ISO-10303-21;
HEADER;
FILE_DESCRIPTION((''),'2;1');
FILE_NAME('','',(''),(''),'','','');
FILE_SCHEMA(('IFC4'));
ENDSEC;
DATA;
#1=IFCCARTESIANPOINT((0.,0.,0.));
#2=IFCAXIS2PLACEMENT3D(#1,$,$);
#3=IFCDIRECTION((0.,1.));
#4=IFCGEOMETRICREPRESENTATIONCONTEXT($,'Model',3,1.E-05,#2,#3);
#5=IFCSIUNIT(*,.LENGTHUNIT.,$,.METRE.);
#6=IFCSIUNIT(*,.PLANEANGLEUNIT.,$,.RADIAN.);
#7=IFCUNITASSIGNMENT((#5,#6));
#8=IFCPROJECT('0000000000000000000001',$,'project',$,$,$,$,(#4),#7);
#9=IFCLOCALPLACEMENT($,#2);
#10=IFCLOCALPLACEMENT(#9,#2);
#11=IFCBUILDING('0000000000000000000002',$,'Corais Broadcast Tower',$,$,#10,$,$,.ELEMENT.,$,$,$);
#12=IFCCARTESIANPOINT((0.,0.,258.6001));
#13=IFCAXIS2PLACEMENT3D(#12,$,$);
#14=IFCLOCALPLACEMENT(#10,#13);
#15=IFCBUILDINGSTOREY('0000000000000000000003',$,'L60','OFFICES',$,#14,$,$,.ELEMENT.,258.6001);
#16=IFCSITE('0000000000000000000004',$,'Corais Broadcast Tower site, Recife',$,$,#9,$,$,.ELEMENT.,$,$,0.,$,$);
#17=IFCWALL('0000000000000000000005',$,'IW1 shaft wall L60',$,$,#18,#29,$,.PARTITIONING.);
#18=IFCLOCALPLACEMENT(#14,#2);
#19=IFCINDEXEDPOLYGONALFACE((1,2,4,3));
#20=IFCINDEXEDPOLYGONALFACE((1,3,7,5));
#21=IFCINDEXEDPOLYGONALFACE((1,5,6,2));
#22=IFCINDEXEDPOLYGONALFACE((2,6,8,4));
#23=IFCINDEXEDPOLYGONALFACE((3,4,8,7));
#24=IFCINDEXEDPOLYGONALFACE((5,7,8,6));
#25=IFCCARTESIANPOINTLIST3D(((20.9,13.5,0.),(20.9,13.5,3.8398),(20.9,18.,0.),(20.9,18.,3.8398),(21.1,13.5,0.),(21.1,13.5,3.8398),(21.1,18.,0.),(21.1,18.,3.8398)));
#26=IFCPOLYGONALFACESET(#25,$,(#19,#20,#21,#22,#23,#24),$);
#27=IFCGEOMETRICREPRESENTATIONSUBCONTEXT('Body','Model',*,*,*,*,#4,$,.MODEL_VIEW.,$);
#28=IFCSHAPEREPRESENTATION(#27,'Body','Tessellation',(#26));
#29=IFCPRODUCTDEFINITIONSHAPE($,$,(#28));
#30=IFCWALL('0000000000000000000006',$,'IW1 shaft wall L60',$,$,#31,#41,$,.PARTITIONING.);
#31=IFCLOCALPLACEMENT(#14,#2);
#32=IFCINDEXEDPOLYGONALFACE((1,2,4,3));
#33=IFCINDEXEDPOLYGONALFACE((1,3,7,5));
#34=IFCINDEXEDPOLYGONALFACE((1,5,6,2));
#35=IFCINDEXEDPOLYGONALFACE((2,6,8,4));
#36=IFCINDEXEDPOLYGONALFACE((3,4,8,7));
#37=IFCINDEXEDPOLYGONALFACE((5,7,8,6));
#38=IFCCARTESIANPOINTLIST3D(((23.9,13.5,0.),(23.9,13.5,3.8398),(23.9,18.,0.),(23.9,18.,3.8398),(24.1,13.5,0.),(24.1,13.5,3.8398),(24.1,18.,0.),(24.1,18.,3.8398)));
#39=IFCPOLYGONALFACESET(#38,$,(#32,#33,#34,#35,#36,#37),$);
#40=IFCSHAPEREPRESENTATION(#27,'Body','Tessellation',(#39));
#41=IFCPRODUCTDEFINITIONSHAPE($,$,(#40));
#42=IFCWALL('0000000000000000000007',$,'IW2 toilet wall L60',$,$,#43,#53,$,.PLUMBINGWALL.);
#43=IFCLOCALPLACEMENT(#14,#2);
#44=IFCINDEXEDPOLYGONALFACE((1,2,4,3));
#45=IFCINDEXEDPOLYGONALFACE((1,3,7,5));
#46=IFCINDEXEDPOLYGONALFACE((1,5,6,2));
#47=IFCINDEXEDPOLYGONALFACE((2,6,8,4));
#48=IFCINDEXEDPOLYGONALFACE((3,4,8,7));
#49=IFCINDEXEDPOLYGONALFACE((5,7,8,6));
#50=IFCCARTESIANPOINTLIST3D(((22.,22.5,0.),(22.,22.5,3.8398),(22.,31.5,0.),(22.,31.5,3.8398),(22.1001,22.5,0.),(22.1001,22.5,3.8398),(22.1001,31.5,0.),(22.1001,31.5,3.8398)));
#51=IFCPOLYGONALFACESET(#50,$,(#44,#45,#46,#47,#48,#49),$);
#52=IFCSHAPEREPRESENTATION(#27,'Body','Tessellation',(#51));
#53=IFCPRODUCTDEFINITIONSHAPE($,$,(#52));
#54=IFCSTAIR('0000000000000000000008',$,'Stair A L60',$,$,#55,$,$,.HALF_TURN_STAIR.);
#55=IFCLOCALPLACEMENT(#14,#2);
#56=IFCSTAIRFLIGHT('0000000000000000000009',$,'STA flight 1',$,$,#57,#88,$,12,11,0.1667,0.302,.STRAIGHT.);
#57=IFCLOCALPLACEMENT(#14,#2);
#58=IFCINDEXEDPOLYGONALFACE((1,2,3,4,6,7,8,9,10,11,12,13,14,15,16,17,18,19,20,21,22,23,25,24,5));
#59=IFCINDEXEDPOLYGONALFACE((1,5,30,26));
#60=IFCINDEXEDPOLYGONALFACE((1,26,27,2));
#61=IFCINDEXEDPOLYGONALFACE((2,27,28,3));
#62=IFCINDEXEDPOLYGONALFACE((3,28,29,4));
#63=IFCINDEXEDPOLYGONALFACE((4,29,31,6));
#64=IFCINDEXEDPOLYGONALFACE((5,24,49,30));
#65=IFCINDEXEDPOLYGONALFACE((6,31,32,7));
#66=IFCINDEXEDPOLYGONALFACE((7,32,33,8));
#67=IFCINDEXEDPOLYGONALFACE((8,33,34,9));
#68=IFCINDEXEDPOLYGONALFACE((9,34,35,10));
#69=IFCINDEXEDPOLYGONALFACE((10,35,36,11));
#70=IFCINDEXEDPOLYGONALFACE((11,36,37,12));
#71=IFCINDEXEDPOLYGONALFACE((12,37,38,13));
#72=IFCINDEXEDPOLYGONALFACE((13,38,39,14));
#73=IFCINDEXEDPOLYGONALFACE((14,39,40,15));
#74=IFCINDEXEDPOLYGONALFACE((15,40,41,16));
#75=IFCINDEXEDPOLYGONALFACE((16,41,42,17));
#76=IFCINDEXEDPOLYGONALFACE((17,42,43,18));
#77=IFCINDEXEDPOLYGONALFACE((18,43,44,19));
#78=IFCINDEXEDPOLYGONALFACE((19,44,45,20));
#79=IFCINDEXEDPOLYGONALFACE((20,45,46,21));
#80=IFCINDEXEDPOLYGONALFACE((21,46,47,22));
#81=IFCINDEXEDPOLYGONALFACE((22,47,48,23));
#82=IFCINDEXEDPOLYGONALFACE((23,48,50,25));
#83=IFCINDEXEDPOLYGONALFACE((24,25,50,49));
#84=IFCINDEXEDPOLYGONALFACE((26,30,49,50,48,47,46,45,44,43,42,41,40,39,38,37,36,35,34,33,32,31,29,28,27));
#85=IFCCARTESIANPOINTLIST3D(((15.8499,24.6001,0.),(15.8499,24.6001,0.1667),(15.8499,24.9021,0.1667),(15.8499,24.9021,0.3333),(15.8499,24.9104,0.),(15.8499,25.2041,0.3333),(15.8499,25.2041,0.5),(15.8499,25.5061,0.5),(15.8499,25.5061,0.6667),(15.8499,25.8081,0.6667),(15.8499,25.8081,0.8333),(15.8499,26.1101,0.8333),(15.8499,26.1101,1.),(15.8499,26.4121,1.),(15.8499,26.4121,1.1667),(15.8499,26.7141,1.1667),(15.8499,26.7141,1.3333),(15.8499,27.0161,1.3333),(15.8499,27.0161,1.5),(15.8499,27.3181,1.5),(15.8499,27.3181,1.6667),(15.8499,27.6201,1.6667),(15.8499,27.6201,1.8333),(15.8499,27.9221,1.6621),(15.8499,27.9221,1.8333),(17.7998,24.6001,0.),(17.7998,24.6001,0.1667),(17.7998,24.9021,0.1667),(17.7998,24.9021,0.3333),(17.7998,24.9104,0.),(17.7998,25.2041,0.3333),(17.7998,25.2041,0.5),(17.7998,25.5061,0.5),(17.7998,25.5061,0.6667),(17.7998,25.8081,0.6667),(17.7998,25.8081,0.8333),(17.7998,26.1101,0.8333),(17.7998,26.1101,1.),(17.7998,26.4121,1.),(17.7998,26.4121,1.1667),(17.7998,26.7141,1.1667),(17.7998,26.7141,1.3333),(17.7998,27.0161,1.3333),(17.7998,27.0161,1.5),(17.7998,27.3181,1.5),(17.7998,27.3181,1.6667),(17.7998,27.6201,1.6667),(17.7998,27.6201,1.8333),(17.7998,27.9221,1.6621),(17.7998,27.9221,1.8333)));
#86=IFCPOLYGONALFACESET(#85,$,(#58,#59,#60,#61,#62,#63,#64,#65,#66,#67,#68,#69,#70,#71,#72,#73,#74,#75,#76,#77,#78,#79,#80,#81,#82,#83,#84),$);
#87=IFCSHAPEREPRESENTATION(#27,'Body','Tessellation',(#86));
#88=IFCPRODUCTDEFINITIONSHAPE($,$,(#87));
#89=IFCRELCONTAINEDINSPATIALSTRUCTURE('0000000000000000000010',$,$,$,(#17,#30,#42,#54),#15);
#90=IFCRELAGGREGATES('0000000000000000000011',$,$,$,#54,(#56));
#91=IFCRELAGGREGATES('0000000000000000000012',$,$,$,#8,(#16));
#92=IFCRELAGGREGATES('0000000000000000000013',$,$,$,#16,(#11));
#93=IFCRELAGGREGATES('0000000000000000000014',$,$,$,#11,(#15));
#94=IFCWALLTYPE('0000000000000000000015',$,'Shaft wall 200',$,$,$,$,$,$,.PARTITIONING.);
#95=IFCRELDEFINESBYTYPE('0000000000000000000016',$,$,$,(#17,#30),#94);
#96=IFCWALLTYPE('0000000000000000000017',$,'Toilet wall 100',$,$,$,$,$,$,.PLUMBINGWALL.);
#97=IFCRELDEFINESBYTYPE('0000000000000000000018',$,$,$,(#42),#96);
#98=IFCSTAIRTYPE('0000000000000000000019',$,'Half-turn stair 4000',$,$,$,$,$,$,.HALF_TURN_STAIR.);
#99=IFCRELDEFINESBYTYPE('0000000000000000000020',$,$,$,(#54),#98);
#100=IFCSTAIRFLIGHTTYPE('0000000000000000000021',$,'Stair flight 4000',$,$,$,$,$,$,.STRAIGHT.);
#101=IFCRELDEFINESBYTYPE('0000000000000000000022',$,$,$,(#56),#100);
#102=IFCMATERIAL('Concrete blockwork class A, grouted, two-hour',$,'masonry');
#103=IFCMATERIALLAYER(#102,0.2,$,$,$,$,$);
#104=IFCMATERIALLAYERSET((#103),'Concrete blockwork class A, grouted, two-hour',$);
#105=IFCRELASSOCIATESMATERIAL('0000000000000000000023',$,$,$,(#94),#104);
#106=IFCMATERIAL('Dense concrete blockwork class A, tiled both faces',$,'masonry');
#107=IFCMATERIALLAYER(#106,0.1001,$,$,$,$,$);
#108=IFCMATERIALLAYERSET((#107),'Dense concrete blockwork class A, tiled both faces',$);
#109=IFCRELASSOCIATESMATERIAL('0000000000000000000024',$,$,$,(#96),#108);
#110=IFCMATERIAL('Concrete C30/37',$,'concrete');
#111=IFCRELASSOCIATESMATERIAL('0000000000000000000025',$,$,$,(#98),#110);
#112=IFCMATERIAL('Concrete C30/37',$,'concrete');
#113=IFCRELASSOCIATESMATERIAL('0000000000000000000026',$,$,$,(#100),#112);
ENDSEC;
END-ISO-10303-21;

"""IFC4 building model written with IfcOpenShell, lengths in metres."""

from ifc_helpers import new_model, si_unit, direction, frame, frame_2d, origin, place, context, subcontext, project, spatial, polyline, rectangle, outline, extrude, material, layer, layer_set, type_object, element, aggregate, save


model = new_model("IFC4")

# Units and contexts
model_context = context("Model", 3, precision=1e-05, world=origin(), true_north=direction((0.0, 1.0)))
body_context = subcontext(model_context, "Body", "Model", "MODEL_VIEW")
ifc_project = project(units=[si_unit("LENGTHUNIT", "METRE"), si_unit("PLANEANGLEUNIT", "RADIAN")], contexts=[model_context])

# Site, building, storey
site_placement = place(None, origin())
site = spatial("IfcSite", under=ifc_project, at=site_placement, Name="Corais Broadcast Tower site, Recife", CompositionType="ELEMENT", RefElevation=0.0)
building_placement = place(site_placement, origin())
building = spatial("IfcBuilding", under=site, at=building_placement, Name="Corais Broadcast Tower", CompositionType="ELEMENT")
storey_placement = place(building_placement, frame((0.0, 0.0, 258.6001)))
storey = spatial("IfcBuildingStorey", under=building, at=storey_placement, Name="L60", Description="OFFICES", CompositionType="ELEMENT", Elevation=258.6001)

# Walls
ifc_material_1 = material(Name="Concrete blockwork class A, grouted, two-hour", Category="masonry")
ifc_layer_1 = layer(ifc_material_1, 0.2)
ifc_layer_set_1 = layer_set([ifc_layer_1], Name="Concrete blockwork class A, grouted, two-hour")
wall_type_1 = type_object("IfcWallType", Name="Shaft wall 200", PredefinedType="PARTITIONING", material=ifc_layer_set_1)
for number, where, z_axis, x_axis, name in (
    (1, (21.0, 13.5, 0.0), (0.0, 0.0, 1.0), (0.0, 1.0, 0.0), "IW1 shaft wall L60"),
    (2, (24.0, 13.5, 0.0), (0.0, 0.0, 1.0), (0.0, 1.0, 0.0), "IW1 shaft wall L60"),
):
    element("IfcWall", number, at=place(storey_placement, frame(where, z_axis=z_axis, x_axis=x_axis)), inside=storey, type_object=wall_type_1, Name=name, PredefinedType="PARTITIONING", context=body_context, shape_type="SweptSolid", body=[
        extrude(rectangle(XDim=4.5, YDim=0.2, at=frame_2d((2.25, 0.0))), origin(), (0.0, 0.0, 1.0), 3.8398),
    ])
ifc_material_2 = material(Name="Dense concrete blockwork class A, tiled both faces", Category="masonry")
ifc_layer_2 = layer(ifc_material_2, 0.1001)
ifc_layer_set_2 = layer_set([ifc_layer_2], Name="Dense concrete blockwork class A, tiled both faces")
wall_type_2 = type_object("IfcWallType", Name="Toilet wall 100", PredefinedType="PLUMBINGWALL", material=ifc_layer_set_2)
wall_1_placement = place(storey_placement, frame((22.05, 22.5, 0.0), z_axis=(0.0, 0.0, 1.0), x_axis=(0.0, 1.0, 0.0)))
element("IfcWall", 3, at=wall_1_placement, inside=storey, type_object=wall_type_2, Name="IW2 toilet wall L60", PredefinedType="PLUMBINGWALL", context=body_context, shape_type="SweptSolid", body=[
    extrude(rectangle(XDim=9.0, YDim=0.1001, at=frame_2d((4.5, 0.0))), origin(), (0.0, 0.0, 1.0), 3.8398),
])

# Stair, stair flight
ifc_material_3 = material(Name="Concrete C30/37", Category="concrete")
stair_type = type_object("IfcStairType", Name="Half-turn stair 4000", PredefinedType="HALF_TURN_STAIR", material=ifc_material_3)
stair_placement = place(storey_placement, origin())
stair = element("IfcStair", 4, at=stair_placement, inside=storey, type_object=stair_type, Name="Stair A L60", PredefinedType="HALF_TURN_STAIR")
ifc_material_4 = material(Name="Concrete C30/37", Category="concrete")
stair_flight_type = type_object("IfcStairFlightType", Name="Stair flight 4000", PredefinedType="STRAIGHT", material=ifc_material_4)
stair_flight_placement = place(storey_placement, frame((16.825, 24.6001, 0.0), z_axis=(0.0, 0.0, 1.0), x_axis=(0.0, 1.0, 0.0)))
stair_flight = element("IfcStairFlight", 5, at=stair_flight_placement, type_object=stair_flight_type, Name="STA flight 1", NumberOfRisers=12, NumberOfTreads=11, PredefinedType="STRAIGHT", RiserHeight=0.1667, TreadLength=0.302, context=body_context, shape_type="SweptSolid", body=[
    extrude(outline(polyline([(0.0, 0.0), (0.0, 0.1667), (0.302, 0.1667), (0.302, 0.3333), (0.604, 0.3333), (0.604, 0.5), (0.906, 0.5), (0.906, 0.6667), (1.208, 0.6667), (1.208, 0.8333), (1.51, 0.8333), (1.51, 1.0), (1.812, 1.0), (1.812, 1.1667), (2.114, 1.1667), (2.114, 1.3333), (2.416, 1.3333), (2.416, 1.5), (2.718, 1.5), (2.718, 1.6667), (3.02, 1.6667), (3.02, 1.8333), (3.322, 1.8333), (3.322, 2.0), (3.322, 1.6621), (0.3103, 0.0), (0.0, 0.0)])), frame((0.0, 0.9751, 0.0), z_axis=(0.0, -1.0, 0.0), x_axis=(1.0, 0.0, 0.0)), (0.0, 0.0, 1.0), 1.95),
])
aggregate(stair, [stair_flight])

save(model, "model.ifc")
